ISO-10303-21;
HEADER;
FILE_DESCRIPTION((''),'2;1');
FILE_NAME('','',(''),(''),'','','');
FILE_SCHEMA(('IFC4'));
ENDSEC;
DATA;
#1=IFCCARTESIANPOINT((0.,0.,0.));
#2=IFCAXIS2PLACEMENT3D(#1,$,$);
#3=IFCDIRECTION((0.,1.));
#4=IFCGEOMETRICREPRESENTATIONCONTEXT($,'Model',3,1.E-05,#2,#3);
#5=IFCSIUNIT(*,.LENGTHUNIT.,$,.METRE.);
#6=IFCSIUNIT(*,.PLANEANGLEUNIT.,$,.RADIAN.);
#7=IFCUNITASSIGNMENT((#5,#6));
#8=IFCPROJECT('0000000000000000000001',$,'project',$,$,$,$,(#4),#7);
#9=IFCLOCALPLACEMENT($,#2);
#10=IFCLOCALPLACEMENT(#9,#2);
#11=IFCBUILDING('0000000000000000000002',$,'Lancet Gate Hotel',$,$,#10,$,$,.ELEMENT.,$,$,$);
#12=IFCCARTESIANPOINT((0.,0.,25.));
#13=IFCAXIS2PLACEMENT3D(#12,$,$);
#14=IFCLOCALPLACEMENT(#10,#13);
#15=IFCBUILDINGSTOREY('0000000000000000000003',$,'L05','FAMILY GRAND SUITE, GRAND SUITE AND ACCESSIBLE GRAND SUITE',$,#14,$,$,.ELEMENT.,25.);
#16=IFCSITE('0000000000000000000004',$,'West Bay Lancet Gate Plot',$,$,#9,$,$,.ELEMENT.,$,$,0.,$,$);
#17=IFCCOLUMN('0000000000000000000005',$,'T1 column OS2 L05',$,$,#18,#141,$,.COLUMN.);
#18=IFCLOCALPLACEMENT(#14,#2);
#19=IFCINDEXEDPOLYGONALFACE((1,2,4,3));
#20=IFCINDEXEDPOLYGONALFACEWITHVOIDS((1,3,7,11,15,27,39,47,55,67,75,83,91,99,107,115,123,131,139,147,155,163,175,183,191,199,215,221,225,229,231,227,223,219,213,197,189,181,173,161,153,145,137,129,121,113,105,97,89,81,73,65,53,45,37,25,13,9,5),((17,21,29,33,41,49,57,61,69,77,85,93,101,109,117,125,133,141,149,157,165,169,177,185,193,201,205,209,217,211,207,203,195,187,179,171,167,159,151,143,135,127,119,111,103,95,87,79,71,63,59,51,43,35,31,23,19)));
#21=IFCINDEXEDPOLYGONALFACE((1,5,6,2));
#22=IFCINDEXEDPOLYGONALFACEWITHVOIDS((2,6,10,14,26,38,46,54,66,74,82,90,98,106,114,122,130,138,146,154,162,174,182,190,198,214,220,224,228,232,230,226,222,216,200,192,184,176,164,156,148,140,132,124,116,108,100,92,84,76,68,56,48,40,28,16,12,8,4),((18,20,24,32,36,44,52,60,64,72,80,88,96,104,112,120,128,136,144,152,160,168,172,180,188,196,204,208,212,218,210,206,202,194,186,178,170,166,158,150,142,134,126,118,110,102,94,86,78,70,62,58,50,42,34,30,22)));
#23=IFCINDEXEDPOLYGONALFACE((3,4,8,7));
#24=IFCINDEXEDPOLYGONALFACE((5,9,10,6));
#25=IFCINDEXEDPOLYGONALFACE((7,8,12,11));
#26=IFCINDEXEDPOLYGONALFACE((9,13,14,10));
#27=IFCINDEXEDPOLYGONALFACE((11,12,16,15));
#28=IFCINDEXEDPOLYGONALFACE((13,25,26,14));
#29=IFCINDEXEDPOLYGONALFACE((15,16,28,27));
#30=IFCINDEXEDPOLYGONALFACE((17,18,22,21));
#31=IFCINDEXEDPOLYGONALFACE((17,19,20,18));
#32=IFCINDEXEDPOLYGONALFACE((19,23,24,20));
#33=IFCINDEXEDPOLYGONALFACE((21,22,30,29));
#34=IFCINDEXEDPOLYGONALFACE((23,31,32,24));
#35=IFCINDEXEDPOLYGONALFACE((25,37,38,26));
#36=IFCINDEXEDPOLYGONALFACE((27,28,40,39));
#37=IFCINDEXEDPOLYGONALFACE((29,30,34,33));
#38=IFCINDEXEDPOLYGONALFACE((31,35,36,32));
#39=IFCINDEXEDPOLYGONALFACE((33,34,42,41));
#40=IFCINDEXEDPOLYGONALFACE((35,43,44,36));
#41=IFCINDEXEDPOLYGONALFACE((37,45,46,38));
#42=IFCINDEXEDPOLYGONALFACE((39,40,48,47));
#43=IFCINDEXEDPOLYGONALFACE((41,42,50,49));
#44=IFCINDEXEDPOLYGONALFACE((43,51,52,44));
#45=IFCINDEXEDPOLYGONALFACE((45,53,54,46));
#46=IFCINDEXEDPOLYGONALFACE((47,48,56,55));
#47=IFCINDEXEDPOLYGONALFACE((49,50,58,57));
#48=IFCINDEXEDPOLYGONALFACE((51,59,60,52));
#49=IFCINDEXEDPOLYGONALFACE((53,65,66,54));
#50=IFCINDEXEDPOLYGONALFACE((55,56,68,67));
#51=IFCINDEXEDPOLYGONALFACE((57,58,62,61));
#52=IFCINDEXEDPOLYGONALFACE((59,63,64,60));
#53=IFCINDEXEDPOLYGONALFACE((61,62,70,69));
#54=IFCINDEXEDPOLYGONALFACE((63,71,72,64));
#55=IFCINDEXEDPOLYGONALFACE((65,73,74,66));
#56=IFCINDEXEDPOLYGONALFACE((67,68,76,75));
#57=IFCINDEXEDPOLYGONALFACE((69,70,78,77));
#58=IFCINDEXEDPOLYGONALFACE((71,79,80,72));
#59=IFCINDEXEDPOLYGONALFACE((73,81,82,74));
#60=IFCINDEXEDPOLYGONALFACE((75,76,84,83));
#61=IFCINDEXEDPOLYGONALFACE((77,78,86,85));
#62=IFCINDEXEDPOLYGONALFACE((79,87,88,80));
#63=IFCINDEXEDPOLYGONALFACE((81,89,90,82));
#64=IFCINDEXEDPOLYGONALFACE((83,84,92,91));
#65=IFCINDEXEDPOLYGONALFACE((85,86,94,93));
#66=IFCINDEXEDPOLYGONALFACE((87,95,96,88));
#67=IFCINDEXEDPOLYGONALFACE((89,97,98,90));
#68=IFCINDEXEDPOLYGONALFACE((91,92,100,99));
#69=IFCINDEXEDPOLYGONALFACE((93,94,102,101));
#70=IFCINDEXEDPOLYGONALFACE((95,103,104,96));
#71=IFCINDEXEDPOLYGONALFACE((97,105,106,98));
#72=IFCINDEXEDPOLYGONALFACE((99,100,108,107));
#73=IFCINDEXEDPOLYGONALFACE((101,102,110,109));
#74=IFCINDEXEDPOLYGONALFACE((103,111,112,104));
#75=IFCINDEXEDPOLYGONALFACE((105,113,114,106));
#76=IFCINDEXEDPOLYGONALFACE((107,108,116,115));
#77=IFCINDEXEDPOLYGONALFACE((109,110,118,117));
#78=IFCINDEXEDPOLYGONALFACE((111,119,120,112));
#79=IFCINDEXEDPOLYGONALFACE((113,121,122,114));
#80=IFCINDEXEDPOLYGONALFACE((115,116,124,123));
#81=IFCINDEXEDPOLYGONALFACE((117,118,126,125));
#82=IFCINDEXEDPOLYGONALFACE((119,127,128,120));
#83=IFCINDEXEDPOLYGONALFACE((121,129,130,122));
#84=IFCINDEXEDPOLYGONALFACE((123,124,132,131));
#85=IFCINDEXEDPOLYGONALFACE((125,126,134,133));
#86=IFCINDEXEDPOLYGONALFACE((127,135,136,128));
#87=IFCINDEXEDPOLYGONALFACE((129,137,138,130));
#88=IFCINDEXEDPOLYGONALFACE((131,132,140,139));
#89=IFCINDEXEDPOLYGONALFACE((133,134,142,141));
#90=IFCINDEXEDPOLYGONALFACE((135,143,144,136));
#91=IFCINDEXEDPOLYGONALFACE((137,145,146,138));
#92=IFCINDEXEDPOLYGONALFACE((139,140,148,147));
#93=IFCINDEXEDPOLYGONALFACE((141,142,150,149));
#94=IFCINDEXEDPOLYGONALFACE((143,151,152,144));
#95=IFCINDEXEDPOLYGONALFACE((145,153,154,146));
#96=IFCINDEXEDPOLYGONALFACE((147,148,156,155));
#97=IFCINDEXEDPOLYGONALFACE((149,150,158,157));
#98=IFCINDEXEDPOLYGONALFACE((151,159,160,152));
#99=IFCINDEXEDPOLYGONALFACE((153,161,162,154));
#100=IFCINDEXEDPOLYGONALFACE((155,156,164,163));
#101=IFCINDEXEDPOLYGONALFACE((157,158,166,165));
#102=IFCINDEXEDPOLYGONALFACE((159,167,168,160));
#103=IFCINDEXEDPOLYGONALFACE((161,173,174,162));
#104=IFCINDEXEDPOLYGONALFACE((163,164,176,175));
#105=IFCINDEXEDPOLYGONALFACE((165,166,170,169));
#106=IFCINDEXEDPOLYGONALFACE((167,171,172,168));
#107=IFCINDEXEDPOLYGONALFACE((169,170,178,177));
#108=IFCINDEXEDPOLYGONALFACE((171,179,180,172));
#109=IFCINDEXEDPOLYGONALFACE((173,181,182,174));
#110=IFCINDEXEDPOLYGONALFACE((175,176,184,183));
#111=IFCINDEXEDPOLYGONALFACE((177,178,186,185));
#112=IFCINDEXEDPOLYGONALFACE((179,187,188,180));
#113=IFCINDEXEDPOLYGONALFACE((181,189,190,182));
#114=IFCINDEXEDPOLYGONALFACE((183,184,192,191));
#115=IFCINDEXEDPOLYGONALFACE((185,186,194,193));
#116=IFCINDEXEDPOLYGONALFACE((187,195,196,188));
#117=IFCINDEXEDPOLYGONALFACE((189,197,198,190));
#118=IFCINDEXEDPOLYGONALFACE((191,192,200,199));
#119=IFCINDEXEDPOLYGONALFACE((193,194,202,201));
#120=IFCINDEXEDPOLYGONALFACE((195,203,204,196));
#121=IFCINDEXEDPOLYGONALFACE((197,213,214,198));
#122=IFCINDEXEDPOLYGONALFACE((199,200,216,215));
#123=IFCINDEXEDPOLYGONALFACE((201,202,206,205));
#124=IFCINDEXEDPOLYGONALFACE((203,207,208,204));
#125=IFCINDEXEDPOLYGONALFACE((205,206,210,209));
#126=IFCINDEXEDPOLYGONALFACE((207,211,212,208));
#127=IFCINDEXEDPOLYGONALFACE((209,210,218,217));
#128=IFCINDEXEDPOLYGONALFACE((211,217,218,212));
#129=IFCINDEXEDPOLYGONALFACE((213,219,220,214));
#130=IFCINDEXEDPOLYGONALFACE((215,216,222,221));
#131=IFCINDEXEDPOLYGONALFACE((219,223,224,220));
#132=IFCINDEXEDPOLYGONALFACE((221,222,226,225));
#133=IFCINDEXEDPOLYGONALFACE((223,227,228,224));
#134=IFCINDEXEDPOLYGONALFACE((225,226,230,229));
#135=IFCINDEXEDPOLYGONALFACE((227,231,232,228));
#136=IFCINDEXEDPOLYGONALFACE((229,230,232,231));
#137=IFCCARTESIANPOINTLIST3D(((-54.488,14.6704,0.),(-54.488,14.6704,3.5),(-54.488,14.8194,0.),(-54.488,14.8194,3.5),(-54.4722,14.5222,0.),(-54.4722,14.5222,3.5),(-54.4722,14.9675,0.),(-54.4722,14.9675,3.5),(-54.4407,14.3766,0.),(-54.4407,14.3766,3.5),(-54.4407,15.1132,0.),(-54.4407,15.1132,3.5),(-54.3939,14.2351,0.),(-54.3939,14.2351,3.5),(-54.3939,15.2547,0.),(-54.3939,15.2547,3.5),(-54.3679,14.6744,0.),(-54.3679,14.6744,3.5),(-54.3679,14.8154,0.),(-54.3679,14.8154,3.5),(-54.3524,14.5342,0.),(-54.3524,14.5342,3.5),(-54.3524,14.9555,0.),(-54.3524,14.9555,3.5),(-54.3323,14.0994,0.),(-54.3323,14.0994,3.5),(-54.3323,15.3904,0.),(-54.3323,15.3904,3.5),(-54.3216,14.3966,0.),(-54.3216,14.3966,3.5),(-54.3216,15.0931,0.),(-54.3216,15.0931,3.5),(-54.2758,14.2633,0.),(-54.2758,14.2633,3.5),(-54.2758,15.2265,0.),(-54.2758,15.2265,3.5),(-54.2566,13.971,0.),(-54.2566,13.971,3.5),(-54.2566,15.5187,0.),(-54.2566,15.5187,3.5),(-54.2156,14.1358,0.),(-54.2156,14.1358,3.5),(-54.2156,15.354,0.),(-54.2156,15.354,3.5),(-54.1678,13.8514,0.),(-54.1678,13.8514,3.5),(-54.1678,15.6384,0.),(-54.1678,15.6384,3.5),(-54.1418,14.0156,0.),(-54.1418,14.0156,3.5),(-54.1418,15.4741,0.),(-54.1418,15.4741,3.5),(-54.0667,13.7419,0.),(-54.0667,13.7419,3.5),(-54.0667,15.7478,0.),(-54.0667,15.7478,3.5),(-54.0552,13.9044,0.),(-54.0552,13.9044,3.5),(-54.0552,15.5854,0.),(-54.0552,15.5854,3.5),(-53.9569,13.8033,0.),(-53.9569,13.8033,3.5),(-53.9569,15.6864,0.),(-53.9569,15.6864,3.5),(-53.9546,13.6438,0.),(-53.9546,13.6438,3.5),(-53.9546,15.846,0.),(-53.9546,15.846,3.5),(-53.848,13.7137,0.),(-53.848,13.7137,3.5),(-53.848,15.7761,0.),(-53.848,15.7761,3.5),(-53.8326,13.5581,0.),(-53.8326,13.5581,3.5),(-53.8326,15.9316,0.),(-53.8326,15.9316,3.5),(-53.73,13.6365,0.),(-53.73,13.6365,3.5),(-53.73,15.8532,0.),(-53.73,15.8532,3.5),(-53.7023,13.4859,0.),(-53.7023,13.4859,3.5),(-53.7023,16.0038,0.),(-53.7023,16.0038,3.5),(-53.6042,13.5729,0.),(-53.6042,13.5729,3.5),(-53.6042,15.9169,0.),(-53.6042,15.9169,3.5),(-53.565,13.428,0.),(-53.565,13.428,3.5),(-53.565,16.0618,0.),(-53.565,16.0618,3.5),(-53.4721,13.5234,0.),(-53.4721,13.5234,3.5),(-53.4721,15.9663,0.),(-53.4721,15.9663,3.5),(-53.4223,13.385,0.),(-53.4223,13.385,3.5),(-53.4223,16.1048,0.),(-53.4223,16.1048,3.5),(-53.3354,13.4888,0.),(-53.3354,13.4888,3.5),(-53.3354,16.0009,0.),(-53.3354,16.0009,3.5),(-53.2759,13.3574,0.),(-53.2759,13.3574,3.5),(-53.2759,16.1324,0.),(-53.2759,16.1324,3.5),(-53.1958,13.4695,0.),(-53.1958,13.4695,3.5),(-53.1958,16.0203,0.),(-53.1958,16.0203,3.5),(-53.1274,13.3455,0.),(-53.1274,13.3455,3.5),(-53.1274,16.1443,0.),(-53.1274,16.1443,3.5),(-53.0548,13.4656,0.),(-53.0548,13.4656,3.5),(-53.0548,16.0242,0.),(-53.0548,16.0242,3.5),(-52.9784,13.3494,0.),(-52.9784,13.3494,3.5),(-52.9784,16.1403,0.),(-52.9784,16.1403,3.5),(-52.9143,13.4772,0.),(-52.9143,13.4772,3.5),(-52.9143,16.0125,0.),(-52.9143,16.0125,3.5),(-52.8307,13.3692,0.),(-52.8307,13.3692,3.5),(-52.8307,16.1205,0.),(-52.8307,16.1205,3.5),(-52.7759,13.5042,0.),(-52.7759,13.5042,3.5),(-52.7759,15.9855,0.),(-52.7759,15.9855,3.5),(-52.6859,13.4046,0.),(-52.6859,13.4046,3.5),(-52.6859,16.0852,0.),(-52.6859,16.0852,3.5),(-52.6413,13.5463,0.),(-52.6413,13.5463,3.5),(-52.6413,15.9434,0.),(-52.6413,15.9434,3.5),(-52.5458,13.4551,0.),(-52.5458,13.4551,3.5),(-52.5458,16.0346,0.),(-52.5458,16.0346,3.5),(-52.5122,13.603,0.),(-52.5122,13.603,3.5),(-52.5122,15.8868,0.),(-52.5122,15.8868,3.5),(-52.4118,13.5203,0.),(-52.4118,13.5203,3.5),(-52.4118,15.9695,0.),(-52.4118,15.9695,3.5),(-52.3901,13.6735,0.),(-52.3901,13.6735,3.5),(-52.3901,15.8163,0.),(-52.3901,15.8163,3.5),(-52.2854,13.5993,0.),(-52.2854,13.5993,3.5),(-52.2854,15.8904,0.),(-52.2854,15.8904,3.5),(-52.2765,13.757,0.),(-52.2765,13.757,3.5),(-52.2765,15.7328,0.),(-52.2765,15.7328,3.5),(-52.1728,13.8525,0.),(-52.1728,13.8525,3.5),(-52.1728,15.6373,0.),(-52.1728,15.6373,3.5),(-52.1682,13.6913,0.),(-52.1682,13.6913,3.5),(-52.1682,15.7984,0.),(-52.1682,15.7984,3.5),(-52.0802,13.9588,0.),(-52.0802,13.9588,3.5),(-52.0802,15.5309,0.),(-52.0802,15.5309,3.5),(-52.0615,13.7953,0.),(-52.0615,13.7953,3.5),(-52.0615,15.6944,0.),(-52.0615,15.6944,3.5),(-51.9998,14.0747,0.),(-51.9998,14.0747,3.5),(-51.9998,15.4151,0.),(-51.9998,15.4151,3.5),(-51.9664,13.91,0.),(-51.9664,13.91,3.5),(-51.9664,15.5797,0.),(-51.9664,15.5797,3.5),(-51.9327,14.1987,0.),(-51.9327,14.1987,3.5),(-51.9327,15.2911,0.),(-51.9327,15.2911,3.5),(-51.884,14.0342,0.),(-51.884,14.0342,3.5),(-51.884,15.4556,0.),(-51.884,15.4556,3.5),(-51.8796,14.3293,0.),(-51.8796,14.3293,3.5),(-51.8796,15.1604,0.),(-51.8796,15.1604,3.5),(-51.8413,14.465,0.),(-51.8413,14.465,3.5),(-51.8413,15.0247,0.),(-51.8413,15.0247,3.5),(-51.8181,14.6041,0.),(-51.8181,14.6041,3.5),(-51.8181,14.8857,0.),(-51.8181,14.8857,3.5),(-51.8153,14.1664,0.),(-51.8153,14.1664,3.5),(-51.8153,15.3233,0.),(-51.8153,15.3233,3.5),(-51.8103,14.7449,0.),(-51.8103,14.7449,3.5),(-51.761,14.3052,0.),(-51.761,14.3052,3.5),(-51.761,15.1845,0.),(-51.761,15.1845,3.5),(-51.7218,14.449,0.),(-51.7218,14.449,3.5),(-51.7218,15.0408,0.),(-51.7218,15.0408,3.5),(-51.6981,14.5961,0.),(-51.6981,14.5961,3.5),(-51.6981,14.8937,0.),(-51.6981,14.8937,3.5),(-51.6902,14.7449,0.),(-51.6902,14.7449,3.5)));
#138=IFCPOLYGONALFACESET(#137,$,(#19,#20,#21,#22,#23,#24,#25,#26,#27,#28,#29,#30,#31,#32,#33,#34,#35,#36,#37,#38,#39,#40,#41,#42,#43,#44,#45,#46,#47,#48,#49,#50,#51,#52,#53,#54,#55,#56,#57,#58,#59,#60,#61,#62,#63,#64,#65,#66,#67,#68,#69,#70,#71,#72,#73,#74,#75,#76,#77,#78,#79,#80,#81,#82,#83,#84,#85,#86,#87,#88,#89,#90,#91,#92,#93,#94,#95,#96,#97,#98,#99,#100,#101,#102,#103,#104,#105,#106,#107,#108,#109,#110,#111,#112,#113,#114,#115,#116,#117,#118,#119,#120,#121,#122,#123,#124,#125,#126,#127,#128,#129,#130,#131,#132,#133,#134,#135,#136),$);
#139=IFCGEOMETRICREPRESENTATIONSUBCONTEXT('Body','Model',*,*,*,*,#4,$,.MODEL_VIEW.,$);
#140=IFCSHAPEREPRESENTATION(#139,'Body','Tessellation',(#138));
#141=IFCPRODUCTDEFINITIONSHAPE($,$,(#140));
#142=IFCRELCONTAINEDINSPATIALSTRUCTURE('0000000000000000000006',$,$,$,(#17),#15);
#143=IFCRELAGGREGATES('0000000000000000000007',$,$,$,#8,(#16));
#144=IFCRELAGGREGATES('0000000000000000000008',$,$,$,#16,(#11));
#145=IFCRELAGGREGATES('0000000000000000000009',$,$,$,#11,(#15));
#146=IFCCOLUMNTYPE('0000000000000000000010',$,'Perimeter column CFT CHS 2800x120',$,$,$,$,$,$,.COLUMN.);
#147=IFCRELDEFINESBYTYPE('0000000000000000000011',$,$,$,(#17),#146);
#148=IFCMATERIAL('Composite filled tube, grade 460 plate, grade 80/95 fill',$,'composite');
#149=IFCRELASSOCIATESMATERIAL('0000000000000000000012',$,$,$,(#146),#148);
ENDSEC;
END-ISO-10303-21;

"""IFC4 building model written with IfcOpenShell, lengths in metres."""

from ifc_helpers import new_model, si_unit, direction, frame, origin, origin_2d, place, context, subcontext, project, spatial, hollow_circle, extrude, material, material_profile, profile_set, type_object, element, save


model = new_model("IFC4")

# Units and contexts
model_context = context("Model", 3, precision=1e-05, world=origin(), true_north=direction((0.0, 1.0)))
body_context = subcontext(model_context, "Body", "Model", "MODEL_VIEW")
ifc_project = project(units=[si_unit("LENGTHUNIT", "METRE"), si_unit("PLANEANGLEUNIT", "RADIAN")], contexts=[model_context])

# Site, building, storey
site_placement = place(None, origin())
site = spatial("IfcSite", under=ifc_project, at=site_placement, Name="West Bay Lancet Gate Plot", CompositionType="ELEMENT", RefElevation=0.0)
building_placement = place(site_placement, origin())
building = spatial("IfcBuilding", under=site, at=building_placement, Name="Lancet Gate Hotel", CompositionType="ELEMENT")
storey_placement = place(building_placement, frame((0.0, 0.0, 25.0)))
storey = spatial("IfcBuildingStorey", under=building, at=storey_placement, Name="L05", Description="FAMILY GRAND SUITE, GRAND SUITE AND ACCESSIBLE GRAND SUITE", CompositionType="ELEMENT", Elevation=25.0)

# Column
ifc_material_1 = material(Name="Composite filled tube, grade 460 plate, grade 80/95 fill", Category="composite")
ifc_material_profile_1 = material_profile(ifc_material_1, hollow_circle(Radius=1.3999, WallThickness=0.1201, at=origin_2d()), Name="CHS 2800x120")
ifc_profile_set_1 = profile_set([ifc_material_profile_1], Name="Composite filled tube, grade 460 plate, grade 80/95 fill")
column_type = type_object("IfcColumnType", Name="Perimeter column CFT CHS 2800x120", PredefinedType="COLUMN", material=ifc_profile_set_1)
for number, where, z_axis, x_axis, name in (
    (1, (-53.0901, 14.7449, 0.0), (0.0, 0.0, 1.0), (1.0, 0.0, 0.0), "T1 column OS2 L05"),
):
    element("IfcColumn", number, at=place(storey_placement, frame(where, z_axis=z_axis, x_axis=x_axis)), inside=storey, type_object=column_type, Name=name, PredefinedType="COLUMN", context=body_context, shape_type="SweptSolid", body=[
        extrude(hollow_circle(Radius=1.3999, WallThickness=0.1201, at=origin_2d()), origin(), (0.0, 0.0, 1.0), 3.5),
    ])

save(model, "model.ifc")
